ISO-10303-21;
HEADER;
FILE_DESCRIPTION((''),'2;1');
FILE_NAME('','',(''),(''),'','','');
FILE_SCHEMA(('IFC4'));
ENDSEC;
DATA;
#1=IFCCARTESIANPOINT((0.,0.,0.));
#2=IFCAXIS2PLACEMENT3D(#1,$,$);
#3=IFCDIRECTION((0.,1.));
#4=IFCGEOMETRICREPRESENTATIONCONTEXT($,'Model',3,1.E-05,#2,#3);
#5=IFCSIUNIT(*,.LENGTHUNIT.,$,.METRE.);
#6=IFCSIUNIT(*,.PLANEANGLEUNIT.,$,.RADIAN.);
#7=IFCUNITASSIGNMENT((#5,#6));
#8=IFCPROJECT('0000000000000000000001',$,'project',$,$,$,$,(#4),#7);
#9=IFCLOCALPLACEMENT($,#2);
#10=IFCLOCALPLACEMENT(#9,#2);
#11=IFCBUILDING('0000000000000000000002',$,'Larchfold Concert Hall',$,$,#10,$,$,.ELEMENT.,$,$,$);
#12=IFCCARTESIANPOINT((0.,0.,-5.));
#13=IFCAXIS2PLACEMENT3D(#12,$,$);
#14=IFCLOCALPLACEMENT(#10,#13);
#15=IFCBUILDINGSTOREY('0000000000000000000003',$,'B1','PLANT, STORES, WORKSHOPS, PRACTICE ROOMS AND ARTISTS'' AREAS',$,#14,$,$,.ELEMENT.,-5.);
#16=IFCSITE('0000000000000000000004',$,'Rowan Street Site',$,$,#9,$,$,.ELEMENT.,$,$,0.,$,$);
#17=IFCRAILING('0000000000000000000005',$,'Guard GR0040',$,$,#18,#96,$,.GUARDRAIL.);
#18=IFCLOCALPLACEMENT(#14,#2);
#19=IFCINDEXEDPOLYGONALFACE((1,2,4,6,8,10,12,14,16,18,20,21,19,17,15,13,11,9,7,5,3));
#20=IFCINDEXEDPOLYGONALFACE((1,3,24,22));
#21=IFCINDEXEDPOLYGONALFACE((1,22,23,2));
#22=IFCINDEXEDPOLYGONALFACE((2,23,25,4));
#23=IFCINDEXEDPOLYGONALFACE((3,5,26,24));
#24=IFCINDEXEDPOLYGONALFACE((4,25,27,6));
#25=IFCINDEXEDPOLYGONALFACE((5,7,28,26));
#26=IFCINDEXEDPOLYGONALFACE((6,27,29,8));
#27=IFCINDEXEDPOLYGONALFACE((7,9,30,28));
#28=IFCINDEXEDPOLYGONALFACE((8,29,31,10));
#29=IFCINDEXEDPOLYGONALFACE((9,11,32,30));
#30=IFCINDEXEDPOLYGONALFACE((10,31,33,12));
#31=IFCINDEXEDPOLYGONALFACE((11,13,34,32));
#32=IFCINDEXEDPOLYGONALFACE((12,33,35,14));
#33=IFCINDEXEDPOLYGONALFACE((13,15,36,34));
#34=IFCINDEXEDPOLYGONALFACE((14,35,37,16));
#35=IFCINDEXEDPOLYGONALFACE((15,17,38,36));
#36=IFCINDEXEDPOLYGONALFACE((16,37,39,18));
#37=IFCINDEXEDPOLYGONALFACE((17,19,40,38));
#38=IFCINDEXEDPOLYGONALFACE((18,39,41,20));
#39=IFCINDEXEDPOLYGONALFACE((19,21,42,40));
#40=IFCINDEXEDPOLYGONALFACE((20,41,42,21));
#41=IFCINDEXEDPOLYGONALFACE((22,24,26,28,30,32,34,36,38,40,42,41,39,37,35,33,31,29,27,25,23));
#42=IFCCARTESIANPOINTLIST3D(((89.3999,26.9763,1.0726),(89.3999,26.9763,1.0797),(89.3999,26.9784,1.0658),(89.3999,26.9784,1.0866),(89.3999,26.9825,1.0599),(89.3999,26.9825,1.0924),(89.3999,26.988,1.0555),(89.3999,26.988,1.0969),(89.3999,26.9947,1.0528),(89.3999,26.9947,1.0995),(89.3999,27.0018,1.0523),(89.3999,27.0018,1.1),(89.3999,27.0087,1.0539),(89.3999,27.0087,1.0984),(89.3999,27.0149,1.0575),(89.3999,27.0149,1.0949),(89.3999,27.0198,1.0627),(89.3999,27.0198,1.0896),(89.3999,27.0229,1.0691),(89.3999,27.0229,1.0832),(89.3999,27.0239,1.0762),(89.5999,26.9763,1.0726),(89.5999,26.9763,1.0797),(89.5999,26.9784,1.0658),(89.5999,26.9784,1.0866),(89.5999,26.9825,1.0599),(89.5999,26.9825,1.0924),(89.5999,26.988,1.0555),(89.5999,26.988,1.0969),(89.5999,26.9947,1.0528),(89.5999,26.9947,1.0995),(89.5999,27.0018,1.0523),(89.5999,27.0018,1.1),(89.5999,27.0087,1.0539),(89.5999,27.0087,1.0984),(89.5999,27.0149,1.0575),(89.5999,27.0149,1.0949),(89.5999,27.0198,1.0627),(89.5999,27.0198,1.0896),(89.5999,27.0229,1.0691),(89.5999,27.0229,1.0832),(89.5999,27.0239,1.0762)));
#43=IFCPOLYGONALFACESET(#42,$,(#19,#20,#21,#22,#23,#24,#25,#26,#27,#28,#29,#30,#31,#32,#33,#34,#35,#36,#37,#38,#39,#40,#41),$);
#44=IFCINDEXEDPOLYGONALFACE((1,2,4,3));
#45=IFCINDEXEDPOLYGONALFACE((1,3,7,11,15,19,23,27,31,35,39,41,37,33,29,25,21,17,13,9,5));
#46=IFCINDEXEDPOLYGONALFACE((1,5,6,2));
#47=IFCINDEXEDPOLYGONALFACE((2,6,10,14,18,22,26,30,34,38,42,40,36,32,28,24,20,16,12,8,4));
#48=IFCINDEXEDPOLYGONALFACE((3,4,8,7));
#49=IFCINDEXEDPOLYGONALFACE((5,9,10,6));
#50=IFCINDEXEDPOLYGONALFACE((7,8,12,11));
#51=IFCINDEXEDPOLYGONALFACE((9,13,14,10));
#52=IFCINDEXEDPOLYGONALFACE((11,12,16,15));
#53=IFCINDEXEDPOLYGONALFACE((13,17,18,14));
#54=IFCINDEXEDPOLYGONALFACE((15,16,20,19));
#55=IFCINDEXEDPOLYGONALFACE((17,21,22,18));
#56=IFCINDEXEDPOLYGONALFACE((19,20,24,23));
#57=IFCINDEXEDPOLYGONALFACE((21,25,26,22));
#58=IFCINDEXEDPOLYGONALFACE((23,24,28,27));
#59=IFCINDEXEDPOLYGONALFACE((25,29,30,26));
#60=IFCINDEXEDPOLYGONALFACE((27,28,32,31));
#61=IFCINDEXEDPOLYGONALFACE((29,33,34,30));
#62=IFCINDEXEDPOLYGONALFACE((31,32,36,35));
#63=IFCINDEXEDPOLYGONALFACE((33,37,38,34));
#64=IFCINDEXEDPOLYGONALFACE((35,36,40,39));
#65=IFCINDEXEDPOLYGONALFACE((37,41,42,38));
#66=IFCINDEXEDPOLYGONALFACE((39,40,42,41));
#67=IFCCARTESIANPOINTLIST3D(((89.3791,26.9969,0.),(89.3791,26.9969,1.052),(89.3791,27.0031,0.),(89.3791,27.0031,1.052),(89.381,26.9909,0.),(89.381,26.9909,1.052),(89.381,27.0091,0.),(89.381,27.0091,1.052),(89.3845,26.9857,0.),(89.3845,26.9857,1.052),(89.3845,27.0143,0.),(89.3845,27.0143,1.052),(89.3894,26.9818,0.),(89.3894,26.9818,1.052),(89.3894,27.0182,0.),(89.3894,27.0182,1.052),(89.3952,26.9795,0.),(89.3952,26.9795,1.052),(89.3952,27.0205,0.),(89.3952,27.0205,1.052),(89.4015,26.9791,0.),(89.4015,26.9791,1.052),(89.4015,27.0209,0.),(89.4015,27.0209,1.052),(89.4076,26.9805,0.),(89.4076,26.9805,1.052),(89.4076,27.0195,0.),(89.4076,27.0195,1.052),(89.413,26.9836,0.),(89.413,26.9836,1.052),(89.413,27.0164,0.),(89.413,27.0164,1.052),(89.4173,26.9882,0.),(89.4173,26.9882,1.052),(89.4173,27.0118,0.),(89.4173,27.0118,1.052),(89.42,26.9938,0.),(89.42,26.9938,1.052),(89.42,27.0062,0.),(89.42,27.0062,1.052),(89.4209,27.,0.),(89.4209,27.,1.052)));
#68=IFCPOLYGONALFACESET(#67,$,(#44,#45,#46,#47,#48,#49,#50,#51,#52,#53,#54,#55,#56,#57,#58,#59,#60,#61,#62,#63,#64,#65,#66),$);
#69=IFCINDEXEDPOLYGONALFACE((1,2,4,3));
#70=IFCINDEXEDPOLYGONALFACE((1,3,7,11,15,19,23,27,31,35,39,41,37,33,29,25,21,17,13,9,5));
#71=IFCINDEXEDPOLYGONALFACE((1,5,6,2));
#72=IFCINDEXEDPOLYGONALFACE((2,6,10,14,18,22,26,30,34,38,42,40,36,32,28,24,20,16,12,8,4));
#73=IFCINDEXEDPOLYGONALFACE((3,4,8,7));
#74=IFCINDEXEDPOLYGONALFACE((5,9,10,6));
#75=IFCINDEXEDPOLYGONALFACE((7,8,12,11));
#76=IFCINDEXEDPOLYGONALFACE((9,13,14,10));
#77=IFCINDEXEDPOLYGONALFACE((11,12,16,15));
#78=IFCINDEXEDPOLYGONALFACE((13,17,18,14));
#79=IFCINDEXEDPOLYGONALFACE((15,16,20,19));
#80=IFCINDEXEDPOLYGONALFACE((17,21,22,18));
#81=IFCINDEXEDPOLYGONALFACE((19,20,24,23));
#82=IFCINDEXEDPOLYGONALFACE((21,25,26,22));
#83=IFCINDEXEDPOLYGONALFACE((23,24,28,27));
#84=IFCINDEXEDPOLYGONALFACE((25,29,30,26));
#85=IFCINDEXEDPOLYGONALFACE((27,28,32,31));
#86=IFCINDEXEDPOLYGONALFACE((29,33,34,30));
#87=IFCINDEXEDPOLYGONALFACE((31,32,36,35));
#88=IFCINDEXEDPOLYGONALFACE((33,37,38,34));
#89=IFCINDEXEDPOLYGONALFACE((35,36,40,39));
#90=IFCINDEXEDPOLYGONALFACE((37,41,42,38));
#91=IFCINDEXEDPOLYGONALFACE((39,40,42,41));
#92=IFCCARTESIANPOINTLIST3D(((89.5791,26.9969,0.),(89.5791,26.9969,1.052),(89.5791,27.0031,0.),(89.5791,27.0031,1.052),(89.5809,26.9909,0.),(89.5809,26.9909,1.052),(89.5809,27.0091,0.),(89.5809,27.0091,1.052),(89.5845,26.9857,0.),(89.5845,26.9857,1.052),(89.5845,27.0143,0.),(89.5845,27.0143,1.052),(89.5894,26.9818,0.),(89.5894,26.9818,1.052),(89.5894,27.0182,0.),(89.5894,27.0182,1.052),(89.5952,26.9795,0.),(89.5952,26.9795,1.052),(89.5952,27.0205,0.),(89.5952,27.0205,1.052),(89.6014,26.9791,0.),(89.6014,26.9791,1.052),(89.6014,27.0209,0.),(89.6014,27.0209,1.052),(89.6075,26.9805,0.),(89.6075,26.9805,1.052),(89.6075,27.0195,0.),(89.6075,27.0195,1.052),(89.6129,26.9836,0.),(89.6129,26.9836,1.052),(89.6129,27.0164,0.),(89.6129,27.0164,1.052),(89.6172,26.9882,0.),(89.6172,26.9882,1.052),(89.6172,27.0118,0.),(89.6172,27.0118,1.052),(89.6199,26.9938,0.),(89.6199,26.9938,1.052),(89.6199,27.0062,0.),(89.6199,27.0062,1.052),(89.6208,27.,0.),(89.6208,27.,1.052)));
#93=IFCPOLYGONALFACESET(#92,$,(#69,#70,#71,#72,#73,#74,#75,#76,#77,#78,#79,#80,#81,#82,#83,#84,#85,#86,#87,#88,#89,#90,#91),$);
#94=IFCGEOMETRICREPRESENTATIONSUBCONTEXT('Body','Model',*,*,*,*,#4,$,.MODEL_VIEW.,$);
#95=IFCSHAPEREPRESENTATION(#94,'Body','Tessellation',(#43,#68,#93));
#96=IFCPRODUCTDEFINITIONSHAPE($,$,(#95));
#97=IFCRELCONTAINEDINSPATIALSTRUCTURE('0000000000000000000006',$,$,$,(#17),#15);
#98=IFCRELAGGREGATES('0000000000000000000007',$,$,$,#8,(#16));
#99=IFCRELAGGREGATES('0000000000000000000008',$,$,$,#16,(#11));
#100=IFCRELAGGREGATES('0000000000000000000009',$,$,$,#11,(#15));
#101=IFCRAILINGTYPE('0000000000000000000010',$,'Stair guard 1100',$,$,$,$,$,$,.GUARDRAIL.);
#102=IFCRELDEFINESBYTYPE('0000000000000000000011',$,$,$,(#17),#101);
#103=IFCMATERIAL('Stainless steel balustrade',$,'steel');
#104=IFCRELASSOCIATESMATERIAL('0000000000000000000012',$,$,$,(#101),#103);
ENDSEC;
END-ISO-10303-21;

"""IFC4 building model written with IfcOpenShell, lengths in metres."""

from ifc_helpers import new_model, si_unit, direction, frame, origin, origin_2d, place, context, subcontext, project, spatial, circle, extrude, material, type_object, element, save


model = new_model("IFC4")

# Units and contexts
model_context = context("Model", 3, precision=1e-05, world=origin(), true_north=direction((0.0, 1.0)))
body_context = subcontext(model_context, "Body", "Model", "MODEL_VIEW")
ifc_project = project(units=[si_unit("LENGTHUNIT", "METRE"), si_unit("PLANEANGLEUNIT", "RADIAN")], contexts=[model_context])

# Site, building, storey
site_placement = place(None, origin())
site = spatial("IfcSite", under=ifc_project, at=site_placement, Name="Rowan Street Site", CompositionType="ELEMENT", RefElevation=0.0)
building_placement = place(site_placement, origin())
building = spatial("IfcBuilding", under=site, at=building_placement, Name="Larchfold Concert Hall", CompositionType="ELEMENT")
storey_placement = place(building_placement, frame((0.0, 0.0, -5.0)))
storey = spatial("IfcBuildingStorey", under=building, at=storey_placement, Name="B1", Description="PLANT, STORES, WORKSHOPS, PRACTICE ROOMS AND ARTISTS' AREAS", CompositionType="ELEMENT", Elevation=-5.0)

# Railing
ifc_material_1 = material(Name="Stainless steel balustrade", Category="steel")
railing_type_1 = type_object("IfcRailingType", Name="Stair guard 1100", PredefinedType="GUARDRAIL", material=ifc_material_1)
railing_1_placement = place(storey_placement, frame((89.3999, 27.0, 0.0)))
element("IfcRailing", 1, at=railing_1_placement, inside=storey, type_object=railing_type_1, Name="Guard GR0040", PredefinedType="GUARDRAIL", context=body_context, shape_type="SweptSolid", body=[
    extrude(circle(Radius=0.0239, at=origin_2d()), frame((0.0, 0.0, 1.0762), z_axis=(1.0, 0.0, 0.0), x_axis=(0.0, 1.0, 0.0)), (0.0, 0.0, 1.0), 0.2),
    extrude(circle(Radius=0.021, at=origin_2d()), origin(), (0.0, 0.0, 1.0), 1.052),
    extrude(circle(Radius=0.021, at=origin_2d()), frame((0.2, 0.0, 0.0)), (0.0, 0.0, 1.0), 1.052),
])

save(model, "model.ifc")
